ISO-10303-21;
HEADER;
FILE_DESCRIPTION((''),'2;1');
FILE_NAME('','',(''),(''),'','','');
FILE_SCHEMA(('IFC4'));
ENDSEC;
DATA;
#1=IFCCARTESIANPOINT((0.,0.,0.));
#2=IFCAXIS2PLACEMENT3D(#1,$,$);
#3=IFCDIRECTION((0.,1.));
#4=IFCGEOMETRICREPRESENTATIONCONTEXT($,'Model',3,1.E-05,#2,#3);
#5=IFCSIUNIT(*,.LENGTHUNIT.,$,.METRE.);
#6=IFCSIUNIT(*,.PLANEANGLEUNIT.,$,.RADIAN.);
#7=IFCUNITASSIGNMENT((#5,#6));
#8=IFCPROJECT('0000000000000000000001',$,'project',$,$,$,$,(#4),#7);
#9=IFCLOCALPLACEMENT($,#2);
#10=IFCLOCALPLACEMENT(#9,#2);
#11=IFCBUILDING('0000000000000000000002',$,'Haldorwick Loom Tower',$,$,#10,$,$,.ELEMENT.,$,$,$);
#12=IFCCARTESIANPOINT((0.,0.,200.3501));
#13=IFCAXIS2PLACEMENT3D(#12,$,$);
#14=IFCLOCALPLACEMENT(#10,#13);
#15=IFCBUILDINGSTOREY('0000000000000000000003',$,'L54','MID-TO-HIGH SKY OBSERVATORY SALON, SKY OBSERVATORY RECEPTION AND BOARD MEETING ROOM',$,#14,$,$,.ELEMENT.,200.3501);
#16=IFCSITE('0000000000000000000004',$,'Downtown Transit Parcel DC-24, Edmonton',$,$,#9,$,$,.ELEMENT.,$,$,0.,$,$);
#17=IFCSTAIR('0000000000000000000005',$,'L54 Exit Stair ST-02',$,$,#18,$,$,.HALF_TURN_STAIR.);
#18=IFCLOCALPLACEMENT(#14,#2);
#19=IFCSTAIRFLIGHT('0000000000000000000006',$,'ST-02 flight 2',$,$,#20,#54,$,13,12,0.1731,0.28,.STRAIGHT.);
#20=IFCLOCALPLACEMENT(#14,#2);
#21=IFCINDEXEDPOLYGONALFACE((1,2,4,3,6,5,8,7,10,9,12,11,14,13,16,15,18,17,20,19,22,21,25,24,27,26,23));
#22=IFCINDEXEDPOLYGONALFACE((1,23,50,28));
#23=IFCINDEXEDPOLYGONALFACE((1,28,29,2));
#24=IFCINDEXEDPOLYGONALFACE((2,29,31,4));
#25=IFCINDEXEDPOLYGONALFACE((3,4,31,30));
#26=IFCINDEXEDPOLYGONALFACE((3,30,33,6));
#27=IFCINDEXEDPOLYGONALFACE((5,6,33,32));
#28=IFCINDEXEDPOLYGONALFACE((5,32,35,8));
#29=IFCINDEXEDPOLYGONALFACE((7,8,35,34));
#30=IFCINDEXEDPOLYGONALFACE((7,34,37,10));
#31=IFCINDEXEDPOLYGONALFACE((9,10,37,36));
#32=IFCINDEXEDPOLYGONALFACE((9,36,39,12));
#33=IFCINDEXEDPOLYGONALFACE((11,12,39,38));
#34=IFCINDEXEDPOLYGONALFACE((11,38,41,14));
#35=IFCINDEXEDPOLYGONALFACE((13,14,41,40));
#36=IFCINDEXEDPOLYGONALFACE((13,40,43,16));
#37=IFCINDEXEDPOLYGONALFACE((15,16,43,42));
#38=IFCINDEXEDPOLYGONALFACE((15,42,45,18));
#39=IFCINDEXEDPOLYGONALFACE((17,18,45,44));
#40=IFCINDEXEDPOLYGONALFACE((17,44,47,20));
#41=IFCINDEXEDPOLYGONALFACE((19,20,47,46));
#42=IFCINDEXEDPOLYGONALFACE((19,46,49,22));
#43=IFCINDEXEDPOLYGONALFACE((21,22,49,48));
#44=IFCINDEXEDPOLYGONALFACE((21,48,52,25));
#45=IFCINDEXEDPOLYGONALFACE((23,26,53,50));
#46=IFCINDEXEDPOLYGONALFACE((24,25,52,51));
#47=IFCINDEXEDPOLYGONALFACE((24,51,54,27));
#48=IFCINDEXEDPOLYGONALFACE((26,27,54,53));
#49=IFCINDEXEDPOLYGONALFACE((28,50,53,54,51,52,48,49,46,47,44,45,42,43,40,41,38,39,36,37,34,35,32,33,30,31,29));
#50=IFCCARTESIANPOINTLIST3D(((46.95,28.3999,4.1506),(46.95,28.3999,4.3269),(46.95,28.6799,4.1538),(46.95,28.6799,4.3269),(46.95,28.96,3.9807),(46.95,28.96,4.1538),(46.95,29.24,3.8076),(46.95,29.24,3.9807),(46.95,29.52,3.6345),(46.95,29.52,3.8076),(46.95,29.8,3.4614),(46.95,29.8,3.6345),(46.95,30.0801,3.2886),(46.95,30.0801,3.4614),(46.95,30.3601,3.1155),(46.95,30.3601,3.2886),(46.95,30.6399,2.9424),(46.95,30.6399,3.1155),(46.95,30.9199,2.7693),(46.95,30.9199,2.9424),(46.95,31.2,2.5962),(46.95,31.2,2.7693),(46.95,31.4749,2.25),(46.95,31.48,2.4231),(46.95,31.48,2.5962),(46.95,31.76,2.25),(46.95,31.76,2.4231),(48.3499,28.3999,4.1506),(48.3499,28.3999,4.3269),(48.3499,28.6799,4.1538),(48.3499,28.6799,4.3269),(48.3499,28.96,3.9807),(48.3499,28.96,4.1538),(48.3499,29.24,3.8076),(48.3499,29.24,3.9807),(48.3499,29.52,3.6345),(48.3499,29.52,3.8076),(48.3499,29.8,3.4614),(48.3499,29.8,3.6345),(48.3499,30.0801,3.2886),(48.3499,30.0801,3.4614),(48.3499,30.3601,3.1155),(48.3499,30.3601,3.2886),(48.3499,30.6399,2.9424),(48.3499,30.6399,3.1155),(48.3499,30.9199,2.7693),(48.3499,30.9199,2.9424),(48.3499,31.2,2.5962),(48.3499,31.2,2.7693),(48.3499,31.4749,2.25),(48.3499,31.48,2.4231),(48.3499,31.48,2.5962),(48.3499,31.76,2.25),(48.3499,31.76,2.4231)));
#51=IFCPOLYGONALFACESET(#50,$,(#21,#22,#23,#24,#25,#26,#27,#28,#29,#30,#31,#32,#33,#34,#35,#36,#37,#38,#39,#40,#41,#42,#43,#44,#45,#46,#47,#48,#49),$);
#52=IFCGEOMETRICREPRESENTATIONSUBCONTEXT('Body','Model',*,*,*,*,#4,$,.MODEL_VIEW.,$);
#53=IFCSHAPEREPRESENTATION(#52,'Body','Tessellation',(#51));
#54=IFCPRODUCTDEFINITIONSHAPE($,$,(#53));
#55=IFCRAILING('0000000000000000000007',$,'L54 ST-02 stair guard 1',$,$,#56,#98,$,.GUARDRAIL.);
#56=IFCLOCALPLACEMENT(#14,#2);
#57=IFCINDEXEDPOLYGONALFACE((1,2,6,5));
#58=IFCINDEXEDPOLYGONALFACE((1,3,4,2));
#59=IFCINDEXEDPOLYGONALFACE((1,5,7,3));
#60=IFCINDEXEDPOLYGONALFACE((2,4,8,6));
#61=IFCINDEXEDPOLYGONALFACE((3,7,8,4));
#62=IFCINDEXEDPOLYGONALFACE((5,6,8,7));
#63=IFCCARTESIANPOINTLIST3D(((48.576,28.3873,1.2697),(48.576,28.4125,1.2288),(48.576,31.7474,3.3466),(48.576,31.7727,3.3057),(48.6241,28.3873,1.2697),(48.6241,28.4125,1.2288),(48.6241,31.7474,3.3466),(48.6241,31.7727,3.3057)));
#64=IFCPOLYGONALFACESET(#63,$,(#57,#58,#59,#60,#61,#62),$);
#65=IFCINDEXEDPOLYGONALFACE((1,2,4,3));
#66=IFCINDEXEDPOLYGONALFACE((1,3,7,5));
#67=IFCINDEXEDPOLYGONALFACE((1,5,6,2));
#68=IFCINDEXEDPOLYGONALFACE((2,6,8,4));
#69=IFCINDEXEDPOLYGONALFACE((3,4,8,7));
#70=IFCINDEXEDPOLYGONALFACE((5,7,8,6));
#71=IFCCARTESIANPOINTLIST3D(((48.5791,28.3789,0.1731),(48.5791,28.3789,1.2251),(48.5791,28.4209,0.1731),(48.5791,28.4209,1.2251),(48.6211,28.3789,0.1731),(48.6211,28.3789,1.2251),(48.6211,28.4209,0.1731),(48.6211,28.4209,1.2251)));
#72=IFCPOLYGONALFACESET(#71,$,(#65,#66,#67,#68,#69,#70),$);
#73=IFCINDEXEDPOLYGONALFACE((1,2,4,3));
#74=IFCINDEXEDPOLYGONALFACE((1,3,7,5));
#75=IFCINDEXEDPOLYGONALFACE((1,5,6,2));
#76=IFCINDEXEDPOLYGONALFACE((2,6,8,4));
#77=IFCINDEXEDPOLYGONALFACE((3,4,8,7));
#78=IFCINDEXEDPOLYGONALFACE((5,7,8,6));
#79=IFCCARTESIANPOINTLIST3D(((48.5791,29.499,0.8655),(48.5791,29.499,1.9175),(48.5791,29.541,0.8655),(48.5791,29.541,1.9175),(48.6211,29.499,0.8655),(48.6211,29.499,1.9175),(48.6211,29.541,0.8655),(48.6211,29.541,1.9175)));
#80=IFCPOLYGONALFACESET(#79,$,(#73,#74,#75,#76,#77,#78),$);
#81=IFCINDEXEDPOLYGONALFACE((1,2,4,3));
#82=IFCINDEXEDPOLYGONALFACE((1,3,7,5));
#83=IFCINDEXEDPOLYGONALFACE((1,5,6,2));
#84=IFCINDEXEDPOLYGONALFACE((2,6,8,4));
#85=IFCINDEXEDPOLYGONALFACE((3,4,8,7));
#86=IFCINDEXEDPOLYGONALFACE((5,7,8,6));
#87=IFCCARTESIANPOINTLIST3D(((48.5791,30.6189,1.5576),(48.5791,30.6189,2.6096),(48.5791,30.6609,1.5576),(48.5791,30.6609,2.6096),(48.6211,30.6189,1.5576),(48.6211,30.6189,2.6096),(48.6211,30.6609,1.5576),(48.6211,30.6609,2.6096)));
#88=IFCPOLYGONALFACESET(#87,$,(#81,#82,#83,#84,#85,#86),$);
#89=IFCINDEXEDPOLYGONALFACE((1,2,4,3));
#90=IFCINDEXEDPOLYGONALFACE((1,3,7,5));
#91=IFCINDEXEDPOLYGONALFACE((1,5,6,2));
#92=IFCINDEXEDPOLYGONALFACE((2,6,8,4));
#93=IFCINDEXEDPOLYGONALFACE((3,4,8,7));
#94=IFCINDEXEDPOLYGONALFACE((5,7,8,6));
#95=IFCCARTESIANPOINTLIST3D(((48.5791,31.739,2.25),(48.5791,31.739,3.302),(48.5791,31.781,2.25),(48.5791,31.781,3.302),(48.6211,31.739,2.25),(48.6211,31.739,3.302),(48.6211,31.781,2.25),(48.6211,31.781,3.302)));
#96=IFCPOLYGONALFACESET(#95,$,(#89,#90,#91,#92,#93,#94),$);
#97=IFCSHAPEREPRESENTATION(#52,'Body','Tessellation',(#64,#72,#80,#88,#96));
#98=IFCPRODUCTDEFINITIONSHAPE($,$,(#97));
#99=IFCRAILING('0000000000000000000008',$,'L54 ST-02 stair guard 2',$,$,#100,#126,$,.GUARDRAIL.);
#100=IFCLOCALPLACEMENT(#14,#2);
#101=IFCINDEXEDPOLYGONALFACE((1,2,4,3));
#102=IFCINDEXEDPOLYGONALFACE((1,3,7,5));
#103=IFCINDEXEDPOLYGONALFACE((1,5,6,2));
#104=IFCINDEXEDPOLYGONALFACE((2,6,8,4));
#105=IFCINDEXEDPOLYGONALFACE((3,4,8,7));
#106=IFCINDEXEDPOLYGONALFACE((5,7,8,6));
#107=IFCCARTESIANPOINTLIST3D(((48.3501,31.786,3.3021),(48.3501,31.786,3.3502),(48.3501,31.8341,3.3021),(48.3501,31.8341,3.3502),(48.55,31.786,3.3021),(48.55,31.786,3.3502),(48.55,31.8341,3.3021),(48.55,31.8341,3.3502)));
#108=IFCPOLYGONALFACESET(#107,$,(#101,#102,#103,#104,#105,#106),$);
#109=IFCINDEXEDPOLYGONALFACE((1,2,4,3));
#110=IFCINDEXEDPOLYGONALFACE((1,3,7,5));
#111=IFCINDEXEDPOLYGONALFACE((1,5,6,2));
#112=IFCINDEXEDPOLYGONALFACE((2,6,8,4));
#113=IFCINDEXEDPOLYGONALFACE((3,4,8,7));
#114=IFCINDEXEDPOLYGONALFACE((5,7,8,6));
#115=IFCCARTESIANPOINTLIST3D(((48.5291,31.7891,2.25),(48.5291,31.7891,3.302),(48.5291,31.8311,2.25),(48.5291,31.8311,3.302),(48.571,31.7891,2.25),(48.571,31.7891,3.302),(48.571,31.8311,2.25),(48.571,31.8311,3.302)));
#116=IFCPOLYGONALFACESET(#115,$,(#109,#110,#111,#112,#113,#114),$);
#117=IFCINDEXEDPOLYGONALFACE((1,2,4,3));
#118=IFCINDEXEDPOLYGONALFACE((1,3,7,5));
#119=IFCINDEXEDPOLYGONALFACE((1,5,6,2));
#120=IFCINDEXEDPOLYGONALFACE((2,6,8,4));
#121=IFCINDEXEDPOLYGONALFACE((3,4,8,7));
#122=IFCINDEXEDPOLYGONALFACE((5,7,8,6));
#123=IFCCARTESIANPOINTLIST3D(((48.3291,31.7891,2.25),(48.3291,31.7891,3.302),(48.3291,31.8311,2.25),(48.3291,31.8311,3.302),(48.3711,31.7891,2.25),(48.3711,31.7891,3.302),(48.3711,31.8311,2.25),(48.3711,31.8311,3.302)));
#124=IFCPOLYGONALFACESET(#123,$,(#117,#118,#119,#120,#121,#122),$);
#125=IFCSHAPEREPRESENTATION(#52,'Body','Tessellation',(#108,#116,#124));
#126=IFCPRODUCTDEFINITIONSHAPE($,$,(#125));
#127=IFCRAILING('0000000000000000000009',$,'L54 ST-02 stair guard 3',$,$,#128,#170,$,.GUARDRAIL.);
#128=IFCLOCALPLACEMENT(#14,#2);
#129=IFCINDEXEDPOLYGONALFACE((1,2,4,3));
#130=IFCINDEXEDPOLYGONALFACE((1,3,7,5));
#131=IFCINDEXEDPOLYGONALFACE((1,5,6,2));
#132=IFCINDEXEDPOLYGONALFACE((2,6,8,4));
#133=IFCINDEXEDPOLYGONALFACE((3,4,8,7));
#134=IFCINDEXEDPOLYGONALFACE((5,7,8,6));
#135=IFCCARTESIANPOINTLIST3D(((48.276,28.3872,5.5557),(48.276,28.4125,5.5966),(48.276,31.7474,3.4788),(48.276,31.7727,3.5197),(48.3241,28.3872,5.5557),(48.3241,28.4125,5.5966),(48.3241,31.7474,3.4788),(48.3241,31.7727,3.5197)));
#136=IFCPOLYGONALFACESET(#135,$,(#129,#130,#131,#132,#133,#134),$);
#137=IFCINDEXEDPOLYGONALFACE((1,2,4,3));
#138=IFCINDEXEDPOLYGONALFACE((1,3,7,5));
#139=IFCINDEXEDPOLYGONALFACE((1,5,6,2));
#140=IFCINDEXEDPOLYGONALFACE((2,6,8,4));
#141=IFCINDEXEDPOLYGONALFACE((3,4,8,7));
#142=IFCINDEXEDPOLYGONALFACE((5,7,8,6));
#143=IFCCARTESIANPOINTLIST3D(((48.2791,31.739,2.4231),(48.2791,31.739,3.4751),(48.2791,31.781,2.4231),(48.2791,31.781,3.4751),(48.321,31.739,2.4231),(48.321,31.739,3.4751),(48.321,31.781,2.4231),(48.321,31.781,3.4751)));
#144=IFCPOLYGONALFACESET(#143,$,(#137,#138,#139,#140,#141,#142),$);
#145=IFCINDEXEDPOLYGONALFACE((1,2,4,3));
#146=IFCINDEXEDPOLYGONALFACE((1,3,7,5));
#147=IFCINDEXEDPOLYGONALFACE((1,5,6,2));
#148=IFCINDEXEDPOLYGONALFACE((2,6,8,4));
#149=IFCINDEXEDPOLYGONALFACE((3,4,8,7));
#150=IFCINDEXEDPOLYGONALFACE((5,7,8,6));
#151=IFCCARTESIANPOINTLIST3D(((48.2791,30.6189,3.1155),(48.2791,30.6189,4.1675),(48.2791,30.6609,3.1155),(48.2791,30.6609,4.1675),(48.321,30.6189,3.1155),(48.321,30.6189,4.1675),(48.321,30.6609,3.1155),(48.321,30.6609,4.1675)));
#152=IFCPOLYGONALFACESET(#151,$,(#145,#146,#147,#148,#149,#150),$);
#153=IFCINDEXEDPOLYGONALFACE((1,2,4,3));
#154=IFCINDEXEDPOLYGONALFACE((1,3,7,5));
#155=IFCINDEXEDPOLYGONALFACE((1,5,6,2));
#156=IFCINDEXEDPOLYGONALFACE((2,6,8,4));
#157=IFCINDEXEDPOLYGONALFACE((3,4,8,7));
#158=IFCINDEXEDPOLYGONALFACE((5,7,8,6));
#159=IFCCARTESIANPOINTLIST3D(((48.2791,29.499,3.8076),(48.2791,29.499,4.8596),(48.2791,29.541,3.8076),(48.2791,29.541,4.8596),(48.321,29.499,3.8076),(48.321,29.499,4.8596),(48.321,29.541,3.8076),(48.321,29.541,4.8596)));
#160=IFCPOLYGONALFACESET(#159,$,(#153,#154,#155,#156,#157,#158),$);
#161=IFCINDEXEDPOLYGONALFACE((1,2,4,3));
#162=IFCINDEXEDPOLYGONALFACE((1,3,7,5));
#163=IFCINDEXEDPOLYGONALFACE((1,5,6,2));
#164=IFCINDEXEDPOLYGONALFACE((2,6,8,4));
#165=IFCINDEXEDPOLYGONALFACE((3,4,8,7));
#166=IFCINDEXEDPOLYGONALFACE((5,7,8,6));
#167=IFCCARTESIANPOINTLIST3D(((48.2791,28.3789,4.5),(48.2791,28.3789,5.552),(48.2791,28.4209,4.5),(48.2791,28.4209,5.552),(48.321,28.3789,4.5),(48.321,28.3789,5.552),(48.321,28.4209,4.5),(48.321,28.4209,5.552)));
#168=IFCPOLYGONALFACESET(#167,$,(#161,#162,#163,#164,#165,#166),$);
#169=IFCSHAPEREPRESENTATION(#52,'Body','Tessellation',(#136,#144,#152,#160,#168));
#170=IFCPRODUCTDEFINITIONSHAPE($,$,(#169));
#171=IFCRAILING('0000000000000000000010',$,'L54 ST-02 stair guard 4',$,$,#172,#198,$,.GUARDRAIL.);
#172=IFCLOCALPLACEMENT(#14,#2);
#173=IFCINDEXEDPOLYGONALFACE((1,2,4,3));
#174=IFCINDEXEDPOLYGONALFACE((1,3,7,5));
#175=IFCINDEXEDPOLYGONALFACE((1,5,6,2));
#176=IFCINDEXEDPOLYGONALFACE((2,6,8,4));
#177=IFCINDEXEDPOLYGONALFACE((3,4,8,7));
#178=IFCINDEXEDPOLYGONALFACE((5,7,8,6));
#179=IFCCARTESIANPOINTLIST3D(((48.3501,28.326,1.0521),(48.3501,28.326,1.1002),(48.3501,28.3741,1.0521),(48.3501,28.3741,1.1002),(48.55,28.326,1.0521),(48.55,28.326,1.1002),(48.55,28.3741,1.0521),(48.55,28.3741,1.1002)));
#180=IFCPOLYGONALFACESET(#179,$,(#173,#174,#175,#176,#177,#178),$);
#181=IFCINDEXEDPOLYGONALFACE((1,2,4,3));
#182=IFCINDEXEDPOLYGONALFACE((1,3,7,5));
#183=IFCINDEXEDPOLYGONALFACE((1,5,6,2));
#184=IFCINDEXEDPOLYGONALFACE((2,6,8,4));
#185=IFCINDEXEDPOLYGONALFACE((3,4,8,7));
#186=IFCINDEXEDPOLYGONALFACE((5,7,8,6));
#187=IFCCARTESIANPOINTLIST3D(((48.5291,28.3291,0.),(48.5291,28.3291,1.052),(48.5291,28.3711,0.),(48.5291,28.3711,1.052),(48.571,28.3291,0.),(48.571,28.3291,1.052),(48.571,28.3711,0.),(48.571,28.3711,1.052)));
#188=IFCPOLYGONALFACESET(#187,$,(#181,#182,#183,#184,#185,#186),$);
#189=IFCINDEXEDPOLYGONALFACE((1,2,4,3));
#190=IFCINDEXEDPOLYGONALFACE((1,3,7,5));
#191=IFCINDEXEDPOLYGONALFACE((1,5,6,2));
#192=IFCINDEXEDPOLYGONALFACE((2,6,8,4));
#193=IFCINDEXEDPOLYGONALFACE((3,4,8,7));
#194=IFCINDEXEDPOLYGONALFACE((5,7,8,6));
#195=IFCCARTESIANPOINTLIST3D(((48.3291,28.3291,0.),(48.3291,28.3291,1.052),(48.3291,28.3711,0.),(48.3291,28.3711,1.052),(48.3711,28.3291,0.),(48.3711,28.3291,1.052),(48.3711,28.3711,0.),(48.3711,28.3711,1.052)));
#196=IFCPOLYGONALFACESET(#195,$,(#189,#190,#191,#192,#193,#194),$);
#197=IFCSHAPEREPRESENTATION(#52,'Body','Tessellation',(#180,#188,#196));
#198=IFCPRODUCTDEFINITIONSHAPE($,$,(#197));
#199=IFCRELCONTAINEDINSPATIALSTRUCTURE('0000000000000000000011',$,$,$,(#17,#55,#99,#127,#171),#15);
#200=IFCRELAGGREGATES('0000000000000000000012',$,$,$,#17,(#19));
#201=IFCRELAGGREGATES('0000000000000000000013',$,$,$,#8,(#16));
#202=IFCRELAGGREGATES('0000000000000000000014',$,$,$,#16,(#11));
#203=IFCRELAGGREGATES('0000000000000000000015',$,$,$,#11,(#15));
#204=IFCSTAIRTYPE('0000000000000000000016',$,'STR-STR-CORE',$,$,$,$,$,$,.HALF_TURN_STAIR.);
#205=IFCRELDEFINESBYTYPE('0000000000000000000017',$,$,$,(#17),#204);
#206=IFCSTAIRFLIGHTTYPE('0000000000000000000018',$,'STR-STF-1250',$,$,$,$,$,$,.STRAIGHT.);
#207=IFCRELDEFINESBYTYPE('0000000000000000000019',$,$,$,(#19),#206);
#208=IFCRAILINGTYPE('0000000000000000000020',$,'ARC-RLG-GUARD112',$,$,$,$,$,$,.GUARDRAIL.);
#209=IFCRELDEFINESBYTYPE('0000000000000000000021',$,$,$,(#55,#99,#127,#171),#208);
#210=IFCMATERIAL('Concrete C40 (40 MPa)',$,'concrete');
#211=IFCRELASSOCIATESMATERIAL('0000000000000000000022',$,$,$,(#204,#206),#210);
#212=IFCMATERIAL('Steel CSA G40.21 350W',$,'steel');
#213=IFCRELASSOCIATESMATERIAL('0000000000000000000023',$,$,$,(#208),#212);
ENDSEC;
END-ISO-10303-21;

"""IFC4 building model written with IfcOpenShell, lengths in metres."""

from ifc_helpers import new_model, si_unit, direction, frame, origin, origin_2d, place, context, subcontext, project, spatial, polyline, rectangle, outline, extrude, material, type_object, element, aggregate, save


model = new_model("IFC4")

# Units and contexts
model_context = context("Model", 3, precision=1e-05, world=origin(), true_north=direction((0.0, 1.0)))
body_context = subcontext(model_context, "Body", "Model", "MODEL_VIEW")
ifc_project = project(units=[si_unit("LENGTHUNIT", "METRE"), si_unit("PLANEANGLEUNIT", "RADIAN")], contexts=[model_context])

# Site, building, storey
site_placement = place(None, origin())
site = spatial("IfcSite", under=ifc_project, at=site_placement, Name="Downtown Transit Parcel DC-24, Edmonton", CompositionType="ELEMENT", RefElevation=0.0)
building_placement = place(site_placement, origin())
building = spatial("IfcBuilding", under=site, at=building_placement, Name="Haldorwick Loom Tower", CompositionType="ELEMENT")
storey_placement = place(building_placement, frame((0.0, 0.0, 200.3501)))
storey = spatial("IfcBuildingStorey", under=building, at=storey_placement, Name="L54", Description="MID-TO-HIGH SKY OBSERVATORY SALON, SKY OBSERVATORY RECEPTION AND BOARD MEETING ROOM", CompositionType="ELEMENT", Elevation=200.3501)

# Shared definitions
ifc_material_1 = material(Name="Steel CSA G40.21 350W", Category="steel")

# Stair, stair flight
ifc_material_2 = material(Name="Concrete C40 (40 MPa)", Category="concrete")
stair_type = type_object("IfcStairType", Name="STR-STR-CORE", PredefinedType="HALF_TURN_STAIR", material=ifc_material_2)
stair_placement = place(storey_placement, origin())
stair = element("IfcStair", 1, at=stair_placement, inside=storey, type_object=stair_type, Name="L54 Exit Stair ST-02", PredefinedType="HALF_TURN_STAIR")
stair_flight_type = type_object("IfcStairFlightType", Name="STR-STF-1250", PredefinedType="STRAIGHT", material=ifc_material_2)
stair_flight_1_placement = place(storey_placement, frame((47.6499, 31.76, 2.25), z_axis=(0.0, 0.0, 1.0), x_axis=(0.0, -1.0, 0.0)))
stair_flight_1 = element("IfcStairFlight", 2, at=stair_flight_1_placement, type_object=stair_flight_type, Name="ST-02 flight 2", NumberOfRisers=13, NumberOfTreads=12, PredefinedType="STRAIGHT", RiserHeight=0.1731, TreadLength=0.28, context=body_context, shape_type="SweptSolid", body=[
    extrude(outline(polyline([(0.0, 0.0), (0.0, 0.1731), (0.28, 0.1731), (0.28, 0.3462), (0.5601, 0.3462), (0.5601, 0.5193), (0.8401, 0.5193), (0.8401, 0.6924), (1.1201, 0.6924), (1.1201, 0.8655), (1.3999, 0.8655), (1.3999, 1.0386), (1.6799, 1.0386), (1.6799, 1.2114), (1.96, 1.2114), (1.96, 1.3845), (2.24, 1.3845), (2.24, 1.5576), (2.52, 1.5576), (2.52, 1.7307), (2.8, 1.7307), (2.8, 1.9038), (3.0801, 1.9038), (3.0801, 2.0769), (3.3601, 2.0769), (3.3601, 2.25), (3.3601, 1.9006), (0.2852, 0.0), (0.0, 0.0)])), frame((0.0, 0.7, 0.0), z_axis=(0.0, -1.0, 0.0), x_axis=(1.0, 0.0, 0.0)), (0.0, 0.0, 1.0), 1.3999),
])
aggregate(stair, [stair_flight_1])

# Railings
railing_type_1 = type_object("IfcRailingType", Name="ARC-RLG-GUARD112", PredefinedType="GUARDRAIL", material=ifc_material_1)
railing_1_placement = place(storey_placement, frame((48.6001, 28.3999, 0.1731)))
element("IfcRailing", 3, at=railing_1_placement, inside=storey, type_object=railing_type_1, Name="L54 ST-02 stair guard 1", PredefinedType="GUARDRAIL", context=body_context, shape_type="SweptSolid", body=[
    extrude(rectangle(XDim=0.0481, YDim=0.0481, at=origin_2d()), frame((0.0, 0.0, 1.0762), z_axis=(0.0, 0.850623, 0.525776), x_axis=(-1.0, 0.0, 0.0)), (0.0, 0.0, 1.0), 3.9502),
    extrude(rectangle(XDim=0.042, YDim=0.042, at=origin_2d()), origin(), (0.0, 0.0, 1.0), 1.052),
    extrude(rectangle(XDim=0.042, YDim=0.042, at=origin_2d()), frame((0.0, 1.1201, 0.6924)), (0.0, 0.0, 1.0), 1.052),
    extrude(rectangle(XDim=0.042, YDim=0.042, at=origin_2d()), frame((0.0, 2.24, 1.3845)), (0.0, 0.0, 1.0), 1.052),
    extrude(rectangle(XDim=0.042, YDim=0.042, at=origin_2d()), frame((0.0, 3.3601, 2.0769)), (0.0, 0.0, 1.0), 1.052),
])
railing_2_placement = place(storey_placement, frame((48.55, 31.8101, 2.25)))
element("IfcRailing", 4, at=railing_2_placement, inside=storey, type_object=railing_type_1, Name="L54 ST-02 stair guard 2", PredefinedType="GUARDRAIL", context=body_context, shape_type="SweptSolid", body=[
    extrude(rectangle(XDim=0.0481, YDim=0.0481, at=origin_2d()), frame((0.0, 0.0, 1.0762), z_axis=(-1.0, 0.0, 0.0), x_axis=(0.0, -1.0, 0.0)), (0.0, 0.0, 1.0), 0.2),
    extrude(rectangle(XDim=0.042, YDim=0.042, at=origin_2d()), origin(), (0.0, 0.0, 1.0), 1.052),
    extrude(rectangle(XDim=0.042, YDim=0.042, at=origin_2d()), frame((-0.2, 0.0, 0.0)), (0.0, 0.0, 1.0), 1.052),
])
railing_3_placement = place(storey_placement, frame((48.3, 31.76, 2.4231)))
element("IfcRailing", 5, at=railing_3_placement, inside=storey, type_object=railing_type_1, Name="L54 ST-02 stair guard 3", PredefinedType="GUARDRAIL", context=body_context, shape_type="SweptSolid", body=[
    extrude(rectangle(XDim=0.0481, YDim=0.0481, at=origin_2d()), frame((0.0, 0.0, 1.0762), z_axis=(0.0, -0.850623, 0.525776), x_axis=(1.0, 0.0, 0.0)), (0.0, 0.0, 1.0), 3.9502),
    extrude(rectangle(XDim=0.042, YDim=0.042, at=origin_2d()), origin(), (0.0, 0.0, 1.0), 1.052),
    extrude(rectangle(XDim=0.042, YDim=0.042, at=origin_2d()), frame((0.0, -1.1201, 0.6924)), (0.0, 0.0, 1.0), 1.052),
    extrude(rectangle(XDim=0.042, YDim=0.042, at=origin_2d()), frame((0.0, -2.24, 1.3845)), (0.0, 0.0, 1.0), 1.052),
    extrude(rectangle(XDim=0.042, YDim=0.042, at=origin_2d()), frame((0.0, -3.3601, 2.0769)), (0.0, 0.0, 1.0), 1.052),
])
railing_4_placement = place(storey_placement, frame((48.55, 28.3501, 0.0)))
element("IfcRailing", 6, at=railing_4_placement, inside=storey, type_object=railing_type_1, Name="L54 ST-02 stair guard 4", PredefinedType="GUARDRAIL", context=body_context, shape_type="SweptSolid", body=[
    extrude(rectangle(XDim=0.0481, YDim=0.0481, at=origin_2d()), frame((0.0, 0.0, 1.0762), z_axis=(-1.0, 0.0, 0.0), x_axis=(0.0, -1.0, 0.0)), (0.0, 0.0, 1.0), 0.2),
    extrude(rectangle(XDim=0.042, YDim=0.042, at=origin_2d()), origin(), (0.0, 0.0, 1.0), 1.052),
    extrude(rectangle(XDim=0.042, YDim=0.042, at=origin_2d()), frame((-0.2, 0.0, 0.0)), (0.0, 0.0, 1.0), 1.052),
])

save(model, "model.ifc")
